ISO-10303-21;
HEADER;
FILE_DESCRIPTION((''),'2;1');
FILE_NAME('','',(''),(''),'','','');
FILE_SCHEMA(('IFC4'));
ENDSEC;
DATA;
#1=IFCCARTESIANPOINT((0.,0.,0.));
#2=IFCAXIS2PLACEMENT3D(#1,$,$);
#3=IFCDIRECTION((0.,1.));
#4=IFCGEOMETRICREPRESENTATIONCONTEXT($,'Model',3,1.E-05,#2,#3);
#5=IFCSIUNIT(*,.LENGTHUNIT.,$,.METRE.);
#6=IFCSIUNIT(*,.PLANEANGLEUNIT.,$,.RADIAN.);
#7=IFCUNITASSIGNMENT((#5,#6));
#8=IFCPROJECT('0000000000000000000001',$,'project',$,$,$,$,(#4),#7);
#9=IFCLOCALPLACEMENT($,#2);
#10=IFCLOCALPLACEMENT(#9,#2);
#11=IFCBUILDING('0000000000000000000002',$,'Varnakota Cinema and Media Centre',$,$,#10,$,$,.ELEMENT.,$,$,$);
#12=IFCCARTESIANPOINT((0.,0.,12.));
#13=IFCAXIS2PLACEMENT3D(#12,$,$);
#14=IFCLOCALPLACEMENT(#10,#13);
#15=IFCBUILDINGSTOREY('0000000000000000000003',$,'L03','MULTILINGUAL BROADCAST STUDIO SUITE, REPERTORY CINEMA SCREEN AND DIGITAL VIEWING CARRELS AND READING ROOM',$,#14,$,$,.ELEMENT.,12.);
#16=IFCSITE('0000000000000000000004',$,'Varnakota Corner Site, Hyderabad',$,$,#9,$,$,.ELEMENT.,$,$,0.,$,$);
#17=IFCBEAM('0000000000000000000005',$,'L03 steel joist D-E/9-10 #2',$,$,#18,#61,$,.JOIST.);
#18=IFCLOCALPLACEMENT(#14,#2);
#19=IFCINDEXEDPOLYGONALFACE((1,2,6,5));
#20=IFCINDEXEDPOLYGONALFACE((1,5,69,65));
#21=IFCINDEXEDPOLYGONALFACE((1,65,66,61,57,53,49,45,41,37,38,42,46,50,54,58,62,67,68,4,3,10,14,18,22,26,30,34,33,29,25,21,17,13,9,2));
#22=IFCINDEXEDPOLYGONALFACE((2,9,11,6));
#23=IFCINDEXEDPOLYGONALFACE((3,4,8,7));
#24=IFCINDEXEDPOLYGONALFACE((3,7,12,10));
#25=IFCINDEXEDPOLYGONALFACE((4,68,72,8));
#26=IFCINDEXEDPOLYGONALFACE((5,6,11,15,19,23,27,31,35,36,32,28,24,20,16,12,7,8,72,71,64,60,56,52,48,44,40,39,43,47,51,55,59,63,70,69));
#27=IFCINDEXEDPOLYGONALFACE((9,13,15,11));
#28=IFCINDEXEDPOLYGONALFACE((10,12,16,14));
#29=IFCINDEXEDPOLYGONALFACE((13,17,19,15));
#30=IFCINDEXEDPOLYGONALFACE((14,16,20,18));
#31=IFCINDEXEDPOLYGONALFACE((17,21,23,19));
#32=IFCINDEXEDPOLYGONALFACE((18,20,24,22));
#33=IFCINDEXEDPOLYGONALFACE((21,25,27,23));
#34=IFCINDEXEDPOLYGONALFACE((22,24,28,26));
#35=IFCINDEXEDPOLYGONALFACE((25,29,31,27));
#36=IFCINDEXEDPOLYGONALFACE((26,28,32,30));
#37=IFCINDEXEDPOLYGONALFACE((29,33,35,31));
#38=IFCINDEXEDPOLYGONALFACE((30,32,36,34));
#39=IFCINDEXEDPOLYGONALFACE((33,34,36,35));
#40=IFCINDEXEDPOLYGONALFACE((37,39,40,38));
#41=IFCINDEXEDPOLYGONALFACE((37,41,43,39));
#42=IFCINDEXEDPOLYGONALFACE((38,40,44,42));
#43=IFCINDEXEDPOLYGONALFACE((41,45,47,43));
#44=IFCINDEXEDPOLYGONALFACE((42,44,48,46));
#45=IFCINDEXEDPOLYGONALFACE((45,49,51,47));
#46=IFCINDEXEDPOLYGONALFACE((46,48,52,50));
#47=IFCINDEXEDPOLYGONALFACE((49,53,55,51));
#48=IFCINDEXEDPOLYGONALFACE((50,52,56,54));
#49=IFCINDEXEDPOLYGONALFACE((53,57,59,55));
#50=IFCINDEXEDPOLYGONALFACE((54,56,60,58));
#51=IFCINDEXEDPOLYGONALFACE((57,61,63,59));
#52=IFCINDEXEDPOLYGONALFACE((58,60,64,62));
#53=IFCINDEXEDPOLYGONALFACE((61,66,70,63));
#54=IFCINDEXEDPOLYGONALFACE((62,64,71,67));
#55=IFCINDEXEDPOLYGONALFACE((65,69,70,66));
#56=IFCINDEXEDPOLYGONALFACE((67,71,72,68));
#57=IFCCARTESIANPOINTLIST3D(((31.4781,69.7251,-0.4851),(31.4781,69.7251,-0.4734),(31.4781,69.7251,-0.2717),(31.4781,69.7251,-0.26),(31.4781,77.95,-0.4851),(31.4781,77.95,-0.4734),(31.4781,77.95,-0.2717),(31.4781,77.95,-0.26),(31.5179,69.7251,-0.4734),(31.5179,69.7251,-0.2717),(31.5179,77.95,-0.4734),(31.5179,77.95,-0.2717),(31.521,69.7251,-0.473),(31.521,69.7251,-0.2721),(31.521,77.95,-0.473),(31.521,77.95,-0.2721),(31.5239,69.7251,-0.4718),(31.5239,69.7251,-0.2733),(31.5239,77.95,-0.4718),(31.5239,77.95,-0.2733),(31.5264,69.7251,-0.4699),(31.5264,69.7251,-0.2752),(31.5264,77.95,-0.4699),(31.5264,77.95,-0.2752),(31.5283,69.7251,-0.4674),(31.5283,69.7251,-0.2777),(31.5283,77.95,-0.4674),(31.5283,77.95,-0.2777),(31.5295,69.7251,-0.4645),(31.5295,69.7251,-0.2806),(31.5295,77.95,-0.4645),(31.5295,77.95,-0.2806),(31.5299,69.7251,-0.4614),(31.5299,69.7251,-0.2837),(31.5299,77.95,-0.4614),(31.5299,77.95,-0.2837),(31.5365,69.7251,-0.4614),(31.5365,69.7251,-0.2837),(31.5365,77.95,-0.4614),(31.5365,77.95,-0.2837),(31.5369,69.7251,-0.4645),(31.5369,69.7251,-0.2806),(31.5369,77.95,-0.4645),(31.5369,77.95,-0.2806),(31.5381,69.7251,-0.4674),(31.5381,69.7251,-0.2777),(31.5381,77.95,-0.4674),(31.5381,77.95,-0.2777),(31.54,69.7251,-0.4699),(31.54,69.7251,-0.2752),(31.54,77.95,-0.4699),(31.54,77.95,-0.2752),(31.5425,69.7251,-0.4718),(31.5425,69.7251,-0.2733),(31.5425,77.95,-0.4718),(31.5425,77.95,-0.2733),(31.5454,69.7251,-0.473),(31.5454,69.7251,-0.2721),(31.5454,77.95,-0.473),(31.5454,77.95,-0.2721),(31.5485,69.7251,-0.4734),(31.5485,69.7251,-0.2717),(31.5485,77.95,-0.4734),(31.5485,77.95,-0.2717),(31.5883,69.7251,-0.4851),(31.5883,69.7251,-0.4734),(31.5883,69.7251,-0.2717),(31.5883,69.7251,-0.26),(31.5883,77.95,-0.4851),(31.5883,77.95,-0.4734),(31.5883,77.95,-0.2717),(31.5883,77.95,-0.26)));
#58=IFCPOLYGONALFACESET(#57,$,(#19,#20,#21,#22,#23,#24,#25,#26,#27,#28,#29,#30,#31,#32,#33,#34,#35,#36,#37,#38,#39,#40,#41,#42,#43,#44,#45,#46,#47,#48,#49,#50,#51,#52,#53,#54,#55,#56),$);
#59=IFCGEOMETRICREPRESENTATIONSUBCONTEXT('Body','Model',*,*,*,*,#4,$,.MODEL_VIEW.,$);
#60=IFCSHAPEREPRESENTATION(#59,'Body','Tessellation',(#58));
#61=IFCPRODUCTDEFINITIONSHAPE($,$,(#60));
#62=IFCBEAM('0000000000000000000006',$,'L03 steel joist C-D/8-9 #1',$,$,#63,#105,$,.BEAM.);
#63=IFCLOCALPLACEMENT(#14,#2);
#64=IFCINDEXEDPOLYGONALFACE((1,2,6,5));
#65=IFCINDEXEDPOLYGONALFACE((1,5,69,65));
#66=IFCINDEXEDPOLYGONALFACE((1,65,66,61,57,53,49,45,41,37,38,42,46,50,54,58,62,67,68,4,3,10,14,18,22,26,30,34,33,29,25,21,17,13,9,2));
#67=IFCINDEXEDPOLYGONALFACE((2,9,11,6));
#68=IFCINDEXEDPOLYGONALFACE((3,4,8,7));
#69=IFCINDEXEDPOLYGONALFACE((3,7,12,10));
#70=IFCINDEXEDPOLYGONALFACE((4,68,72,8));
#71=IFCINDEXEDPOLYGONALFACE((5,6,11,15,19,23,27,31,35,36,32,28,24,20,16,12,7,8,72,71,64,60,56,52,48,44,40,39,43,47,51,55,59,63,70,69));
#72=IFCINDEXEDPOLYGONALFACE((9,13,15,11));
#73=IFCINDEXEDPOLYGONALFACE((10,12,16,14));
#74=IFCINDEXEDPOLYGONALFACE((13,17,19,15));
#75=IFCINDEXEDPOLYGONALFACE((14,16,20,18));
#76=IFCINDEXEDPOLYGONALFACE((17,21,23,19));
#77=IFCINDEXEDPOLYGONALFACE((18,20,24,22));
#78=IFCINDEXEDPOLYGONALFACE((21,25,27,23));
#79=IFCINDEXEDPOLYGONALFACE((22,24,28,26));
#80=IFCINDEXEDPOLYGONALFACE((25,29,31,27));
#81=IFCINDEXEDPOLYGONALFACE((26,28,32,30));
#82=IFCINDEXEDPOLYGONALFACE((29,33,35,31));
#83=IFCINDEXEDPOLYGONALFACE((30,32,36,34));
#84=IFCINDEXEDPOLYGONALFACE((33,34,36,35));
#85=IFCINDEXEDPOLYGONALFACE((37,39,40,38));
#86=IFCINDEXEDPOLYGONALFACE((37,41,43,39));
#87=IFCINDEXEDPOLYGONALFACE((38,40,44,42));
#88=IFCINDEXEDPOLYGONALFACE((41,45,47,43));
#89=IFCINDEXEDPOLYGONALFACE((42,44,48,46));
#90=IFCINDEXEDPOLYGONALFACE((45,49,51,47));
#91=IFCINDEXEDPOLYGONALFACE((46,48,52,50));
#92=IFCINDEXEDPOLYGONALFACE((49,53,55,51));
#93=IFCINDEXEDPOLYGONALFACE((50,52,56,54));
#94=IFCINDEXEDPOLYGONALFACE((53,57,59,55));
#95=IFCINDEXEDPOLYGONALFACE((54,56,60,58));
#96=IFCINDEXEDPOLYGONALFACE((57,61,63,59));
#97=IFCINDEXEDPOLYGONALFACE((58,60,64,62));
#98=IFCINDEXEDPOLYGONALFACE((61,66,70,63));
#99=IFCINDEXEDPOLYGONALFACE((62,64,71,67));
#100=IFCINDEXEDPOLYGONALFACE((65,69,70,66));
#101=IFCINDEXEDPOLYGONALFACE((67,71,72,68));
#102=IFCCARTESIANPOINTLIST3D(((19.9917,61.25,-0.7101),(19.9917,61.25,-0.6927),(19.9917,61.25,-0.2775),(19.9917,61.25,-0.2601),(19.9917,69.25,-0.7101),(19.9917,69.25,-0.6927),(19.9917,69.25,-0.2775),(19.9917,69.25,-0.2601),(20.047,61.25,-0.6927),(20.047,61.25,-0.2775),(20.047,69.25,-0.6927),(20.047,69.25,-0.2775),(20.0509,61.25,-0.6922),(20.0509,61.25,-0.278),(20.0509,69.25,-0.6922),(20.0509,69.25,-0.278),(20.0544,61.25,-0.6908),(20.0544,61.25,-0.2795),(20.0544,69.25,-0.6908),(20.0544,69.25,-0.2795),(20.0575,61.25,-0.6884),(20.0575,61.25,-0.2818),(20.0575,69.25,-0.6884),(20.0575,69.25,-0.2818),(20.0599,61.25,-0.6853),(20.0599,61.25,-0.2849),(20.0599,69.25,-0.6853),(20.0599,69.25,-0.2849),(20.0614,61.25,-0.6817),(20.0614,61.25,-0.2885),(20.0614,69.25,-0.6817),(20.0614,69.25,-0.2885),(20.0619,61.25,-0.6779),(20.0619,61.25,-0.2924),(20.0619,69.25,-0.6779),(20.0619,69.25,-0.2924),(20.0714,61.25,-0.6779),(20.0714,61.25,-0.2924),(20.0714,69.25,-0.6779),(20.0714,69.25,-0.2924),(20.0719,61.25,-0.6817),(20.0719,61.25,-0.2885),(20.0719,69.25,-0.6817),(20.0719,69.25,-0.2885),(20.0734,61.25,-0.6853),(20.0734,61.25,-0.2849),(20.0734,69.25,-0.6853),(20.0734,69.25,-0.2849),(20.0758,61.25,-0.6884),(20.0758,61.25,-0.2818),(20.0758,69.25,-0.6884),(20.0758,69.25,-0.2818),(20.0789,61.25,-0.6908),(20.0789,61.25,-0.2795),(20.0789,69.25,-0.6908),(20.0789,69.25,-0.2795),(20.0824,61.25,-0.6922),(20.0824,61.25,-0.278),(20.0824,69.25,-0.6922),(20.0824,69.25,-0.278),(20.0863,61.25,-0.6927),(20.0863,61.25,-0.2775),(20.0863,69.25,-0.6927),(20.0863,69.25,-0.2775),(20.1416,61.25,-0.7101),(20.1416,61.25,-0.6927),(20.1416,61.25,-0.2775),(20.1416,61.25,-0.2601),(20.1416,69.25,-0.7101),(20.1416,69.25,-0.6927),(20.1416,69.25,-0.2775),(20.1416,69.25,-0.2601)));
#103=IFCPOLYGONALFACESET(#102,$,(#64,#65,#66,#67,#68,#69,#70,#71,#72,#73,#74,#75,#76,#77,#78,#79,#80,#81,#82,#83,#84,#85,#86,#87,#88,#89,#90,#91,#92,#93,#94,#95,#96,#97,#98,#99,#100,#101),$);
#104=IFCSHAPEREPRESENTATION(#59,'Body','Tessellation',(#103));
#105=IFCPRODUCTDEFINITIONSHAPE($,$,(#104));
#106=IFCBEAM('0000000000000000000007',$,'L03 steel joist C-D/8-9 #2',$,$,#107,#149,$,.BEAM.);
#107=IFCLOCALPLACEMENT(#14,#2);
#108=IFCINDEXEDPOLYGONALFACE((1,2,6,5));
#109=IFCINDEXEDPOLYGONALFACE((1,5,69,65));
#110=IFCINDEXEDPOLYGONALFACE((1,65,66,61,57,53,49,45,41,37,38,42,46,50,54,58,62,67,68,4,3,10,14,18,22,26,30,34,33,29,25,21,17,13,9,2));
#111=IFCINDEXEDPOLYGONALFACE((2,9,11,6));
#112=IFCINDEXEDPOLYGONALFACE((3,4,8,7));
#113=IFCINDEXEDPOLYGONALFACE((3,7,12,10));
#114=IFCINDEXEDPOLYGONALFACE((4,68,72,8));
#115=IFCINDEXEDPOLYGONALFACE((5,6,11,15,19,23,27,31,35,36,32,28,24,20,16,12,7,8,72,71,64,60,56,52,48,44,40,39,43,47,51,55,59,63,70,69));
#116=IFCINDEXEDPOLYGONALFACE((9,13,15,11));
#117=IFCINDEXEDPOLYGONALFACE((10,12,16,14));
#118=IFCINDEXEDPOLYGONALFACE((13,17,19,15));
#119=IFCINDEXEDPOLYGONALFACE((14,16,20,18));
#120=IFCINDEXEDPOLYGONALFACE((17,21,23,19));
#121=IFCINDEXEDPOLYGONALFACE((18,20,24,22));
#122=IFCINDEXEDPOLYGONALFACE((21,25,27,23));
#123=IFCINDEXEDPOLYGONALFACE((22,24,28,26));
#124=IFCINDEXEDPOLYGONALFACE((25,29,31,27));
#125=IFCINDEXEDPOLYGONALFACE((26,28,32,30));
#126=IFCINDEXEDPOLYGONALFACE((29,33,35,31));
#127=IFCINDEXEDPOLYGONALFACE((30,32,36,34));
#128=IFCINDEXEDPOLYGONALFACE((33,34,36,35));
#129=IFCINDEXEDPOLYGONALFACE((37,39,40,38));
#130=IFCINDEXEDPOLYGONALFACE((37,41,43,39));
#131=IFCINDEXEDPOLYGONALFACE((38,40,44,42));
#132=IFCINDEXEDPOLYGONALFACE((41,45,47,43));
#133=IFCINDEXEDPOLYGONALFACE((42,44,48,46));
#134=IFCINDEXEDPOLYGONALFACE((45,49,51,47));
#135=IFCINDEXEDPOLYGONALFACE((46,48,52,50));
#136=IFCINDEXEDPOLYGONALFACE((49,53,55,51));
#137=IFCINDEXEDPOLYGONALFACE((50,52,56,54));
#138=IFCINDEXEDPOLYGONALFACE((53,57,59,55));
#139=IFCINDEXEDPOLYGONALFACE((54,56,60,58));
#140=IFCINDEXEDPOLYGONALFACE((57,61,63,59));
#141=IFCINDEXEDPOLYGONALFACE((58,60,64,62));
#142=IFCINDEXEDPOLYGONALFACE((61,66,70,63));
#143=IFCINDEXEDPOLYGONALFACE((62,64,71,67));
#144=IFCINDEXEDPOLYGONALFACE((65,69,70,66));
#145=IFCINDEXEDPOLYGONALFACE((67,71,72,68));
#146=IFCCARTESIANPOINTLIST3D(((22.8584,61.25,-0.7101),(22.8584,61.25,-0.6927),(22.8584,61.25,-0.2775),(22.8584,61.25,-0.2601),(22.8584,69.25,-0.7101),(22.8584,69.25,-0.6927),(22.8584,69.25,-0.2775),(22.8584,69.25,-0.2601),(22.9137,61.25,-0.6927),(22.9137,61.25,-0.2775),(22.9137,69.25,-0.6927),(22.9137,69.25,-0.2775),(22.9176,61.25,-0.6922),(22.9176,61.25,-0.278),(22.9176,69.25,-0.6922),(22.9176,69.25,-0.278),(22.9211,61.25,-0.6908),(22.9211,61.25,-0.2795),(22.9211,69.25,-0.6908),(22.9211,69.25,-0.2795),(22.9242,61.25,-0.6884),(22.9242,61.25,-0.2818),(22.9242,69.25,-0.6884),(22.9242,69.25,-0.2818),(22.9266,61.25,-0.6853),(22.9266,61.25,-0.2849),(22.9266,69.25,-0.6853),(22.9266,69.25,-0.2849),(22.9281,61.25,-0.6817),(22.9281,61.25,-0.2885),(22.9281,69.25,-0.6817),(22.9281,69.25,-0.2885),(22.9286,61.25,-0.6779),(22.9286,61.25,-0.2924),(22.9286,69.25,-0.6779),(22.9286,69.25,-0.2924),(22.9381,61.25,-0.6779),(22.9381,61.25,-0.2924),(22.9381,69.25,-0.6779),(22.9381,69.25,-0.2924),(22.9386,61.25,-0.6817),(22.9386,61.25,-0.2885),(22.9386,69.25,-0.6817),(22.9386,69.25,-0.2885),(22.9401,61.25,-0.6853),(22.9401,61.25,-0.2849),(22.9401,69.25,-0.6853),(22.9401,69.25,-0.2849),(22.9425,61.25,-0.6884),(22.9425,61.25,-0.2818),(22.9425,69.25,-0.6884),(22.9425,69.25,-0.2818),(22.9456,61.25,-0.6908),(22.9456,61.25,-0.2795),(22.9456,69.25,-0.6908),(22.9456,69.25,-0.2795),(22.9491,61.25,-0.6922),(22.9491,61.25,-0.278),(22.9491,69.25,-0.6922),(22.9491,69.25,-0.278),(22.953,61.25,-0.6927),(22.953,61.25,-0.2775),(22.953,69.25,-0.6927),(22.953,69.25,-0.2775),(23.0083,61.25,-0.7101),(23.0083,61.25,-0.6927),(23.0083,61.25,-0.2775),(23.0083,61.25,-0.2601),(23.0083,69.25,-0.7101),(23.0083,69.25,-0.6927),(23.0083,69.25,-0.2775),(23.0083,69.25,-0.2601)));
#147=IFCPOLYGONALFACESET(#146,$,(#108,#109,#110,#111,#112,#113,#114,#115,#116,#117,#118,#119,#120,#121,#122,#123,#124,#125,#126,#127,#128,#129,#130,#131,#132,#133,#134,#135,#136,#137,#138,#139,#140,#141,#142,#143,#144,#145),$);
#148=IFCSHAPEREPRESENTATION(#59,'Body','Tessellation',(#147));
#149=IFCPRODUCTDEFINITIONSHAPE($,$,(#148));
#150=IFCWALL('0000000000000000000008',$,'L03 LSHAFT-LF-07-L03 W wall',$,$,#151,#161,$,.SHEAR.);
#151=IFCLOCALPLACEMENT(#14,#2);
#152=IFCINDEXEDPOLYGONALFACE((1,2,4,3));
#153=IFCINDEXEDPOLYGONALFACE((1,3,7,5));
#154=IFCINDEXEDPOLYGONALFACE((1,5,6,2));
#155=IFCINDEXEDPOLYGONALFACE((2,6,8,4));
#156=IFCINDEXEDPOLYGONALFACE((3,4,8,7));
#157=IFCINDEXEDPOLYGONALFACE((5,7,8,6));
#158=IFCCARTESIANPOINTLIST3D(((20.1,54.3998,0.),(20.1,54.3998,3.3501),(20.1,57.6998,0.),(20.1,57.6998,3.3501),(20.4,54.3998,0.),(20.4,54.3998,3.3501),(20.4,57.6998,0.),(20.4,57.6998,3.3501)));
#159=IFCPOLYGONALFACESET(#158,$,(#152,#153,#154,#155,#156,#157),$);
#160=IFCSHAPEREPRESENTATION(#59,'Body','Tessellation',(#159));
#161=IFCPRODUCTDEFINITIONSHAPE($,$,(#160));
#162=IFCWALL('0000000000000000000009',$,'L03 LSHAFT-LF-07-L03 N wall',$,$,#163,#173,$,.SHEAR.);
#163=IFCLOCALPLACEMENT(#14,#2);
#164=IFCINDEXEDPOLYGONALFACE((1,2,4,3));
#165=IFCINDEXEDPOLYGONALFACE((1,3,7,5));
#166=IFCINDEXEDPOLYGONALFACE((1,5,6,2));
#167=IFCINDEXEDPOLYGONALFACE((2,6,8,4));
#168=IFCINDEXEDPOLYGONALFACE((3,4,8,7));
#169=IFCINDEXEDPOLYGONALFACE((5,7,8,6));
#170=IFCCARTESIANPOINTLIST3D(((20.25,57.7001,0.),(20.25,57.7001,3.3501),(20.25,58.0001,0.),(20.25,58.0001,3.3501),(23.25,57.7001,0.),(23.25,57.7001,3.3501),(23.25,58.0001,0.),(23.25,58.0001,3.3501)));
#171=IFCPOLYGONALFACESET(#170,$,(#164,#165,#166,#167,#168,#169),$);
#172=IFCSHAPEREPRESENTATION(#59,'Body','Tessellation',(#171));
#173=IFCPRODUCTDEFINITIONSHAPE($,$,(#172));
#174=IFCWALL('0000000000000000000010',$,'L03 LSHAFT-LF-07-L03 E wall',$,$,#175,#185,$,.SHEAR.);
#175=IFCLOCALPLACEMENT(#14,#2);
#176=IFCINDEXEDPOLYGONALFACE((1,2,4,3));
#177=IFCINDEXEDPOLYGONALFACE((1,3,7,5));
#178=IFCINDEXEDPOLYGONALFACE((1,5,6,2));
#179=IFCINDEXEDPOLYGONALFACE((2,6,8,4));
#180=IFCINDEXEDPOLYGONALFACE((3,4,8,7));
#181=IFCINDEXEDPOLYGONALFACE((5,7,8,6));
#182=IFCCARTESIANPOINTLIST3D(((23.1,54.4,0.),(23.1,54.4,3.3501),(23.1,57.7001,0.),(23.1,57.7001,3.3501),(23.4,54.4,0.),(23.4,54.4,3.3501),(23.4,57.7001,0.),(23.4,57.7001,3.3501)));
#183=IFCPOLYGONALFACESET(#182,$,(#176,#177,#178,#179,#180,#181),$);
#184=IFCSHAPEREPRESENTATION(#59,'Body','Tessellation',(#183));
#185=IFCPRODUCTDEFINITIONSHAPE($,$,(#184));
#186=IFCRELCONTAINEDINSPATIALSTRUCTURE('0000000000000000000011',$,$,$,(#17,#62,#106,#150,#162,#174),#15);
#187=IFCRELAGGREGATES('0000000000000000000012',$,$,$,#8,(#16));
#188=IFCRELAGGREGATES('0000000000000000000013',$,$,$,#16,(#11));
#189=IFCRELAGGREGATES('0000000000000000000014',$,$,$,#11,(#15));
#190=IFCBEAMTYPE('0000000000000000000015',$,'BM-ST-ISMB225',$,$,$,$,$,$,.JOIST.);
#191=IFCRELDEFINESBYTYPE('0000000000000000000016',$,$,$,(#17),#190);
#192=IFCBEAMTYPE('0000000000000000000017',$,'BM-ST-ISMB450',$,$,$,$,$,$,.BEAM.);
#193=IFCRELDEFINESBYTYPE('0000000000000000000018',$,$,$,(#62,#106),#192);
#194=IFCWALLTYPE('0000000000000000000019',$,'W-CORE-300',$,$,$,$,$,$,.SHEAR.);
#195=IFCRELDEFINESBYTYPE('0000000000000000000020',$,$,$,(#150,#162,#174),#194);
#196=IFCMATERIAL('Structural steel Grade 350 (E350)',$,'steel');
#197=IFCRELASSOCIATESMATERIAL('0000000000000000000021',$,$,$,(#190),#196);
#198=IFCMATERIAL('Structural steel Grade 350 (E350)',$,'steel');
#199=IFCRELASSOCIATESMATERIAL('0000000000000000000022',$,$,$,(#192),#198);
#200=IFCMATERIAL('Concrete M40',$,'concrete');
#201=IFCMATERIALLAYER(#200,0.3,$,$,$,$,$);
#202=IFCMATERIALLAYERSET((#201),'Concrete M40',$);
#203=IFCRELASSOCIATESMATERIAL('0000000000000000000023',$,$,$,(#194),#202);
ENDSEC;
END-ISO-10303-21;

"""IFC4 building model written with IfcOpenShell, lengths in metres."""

from ifc_helpers import new_model, si_unit, direction, frame, frame_2d, origin, origin_2d, place, context, subcontext, project, spatial, rectangle, i_section, extrude, material, layer, layer_set, material_profile, profile_set, type_object, element, save


model = new_model("IFC4")

# Units and contexts
model_context = context("Model", 3, precision=1e-05, world=origin(), true_north=direction((0.0, 1.0)))
body_context = subcontext(model_context, "Body", "Model", "MODEL_VIEW")
ifc_project = project(units=[si_unit("LENGTHUNIT", "METRE"), si_unit("PLANEANGLEUNIT", "RADIAN")], contexts=[model_context])

# Site, building, storey
site_placement = place(None, origin())
site = spatial("IfcSite", under=ifc_project, at=site_placement, Name="Varnakota Corner Site, Hyderabad", CompositionType="ELEMENT", RefElevation=0.0)
building_placement = place(site_placement, origin())
building = spatial("IfcBuilding", under=site, at=building_placement, Name="Varnakota Cinema and Media Centre", CompositionType="ELEMENT")
storey_placement = place(building_placement, frame((0.0, 0.0, 12.0)))
storey = spatial("IfcBuildingStorey", under=building, at=storey_placement, Name="L03", Description="MULTILINGUAL BROADCAST STUDIO SUITE, REPERTORY CINEMA SCREEN AND DIGITAL VIEWING CARRELS AND READING ROOM", CompositionType="ELEMENT", Elevation=12.0)

# Beams
ifc_material_1 = material(Name="Structural steel Grade 350 (E350)", Category="steel")
ifc_material_profile_1 = material_profile(ifc_material_1, i_section(OverallWidth=0.1101, OverallDepth=0.2251, WebThickness=0.0066, FlangeThickness=0.0117, FilletRadius=0.012, at=origin_2d()), Name="ISMB 225")
ifc_profile_set_1 = profile_set([ifc_material_profile_1], Name="Structural steel Grade 350 (E350)")
beam_type_1 = type_object("IfcBeamType", Name="BM-ST-ISMB225", PredefinedType="JOIST", material=ifc_profile_set_1)
for number, where, z_axis, x_axis, name in (
    (1, (31.5332, 69.7251, -0.3726), (0.0, 1.0, 0.0), (-1.0, 0.0, 0.0), "L03 steel joist D-E/9-10 #2"),
):
    element("IfcBeam", number, at=place(storey_placement, frame(where, z_axis=z_axis, x_axis=x_axis)), inside=storey, type_object=beam_type_1, Name=name, PredefinedType="JOIST", context=body_context, shape_type="SweptSolid", body=[
        extrude(i_section(OverallWidth=0.1101, OverallDepth=0.2251, WebThickness=0.0066, FlangeThickness=0.0117, FilletRadius=0.012, at=origin_2d()), origin(), (0.0, 0.0, 1.0), 8.2249),
    ])
ifc_material_2 = material(Name="Structural steel Grade 350 (E350)", Category="steel")
ifc_material_profile_2 = material_profile(ifc_material_2, i_section(OverallWidth=0.1499, OverallDepth=0.45, WebThickness=0.0095, FlangeThickness=0.0173, FilletRadius=0.0149, at=origin_2d()), Name="ISMB 450")
ifc_profile_set_2 = profile_set([ifc_material_profile_2], Name="Structural steel Grade 350 (E350)")
beam_type_2 = type_object("IfcBeamType", Name="BM-ST-ISMB450", PredefinedType="BEAM", material=ifc_profile_set_2)
for number, where, z_axis, x_axis, name in (
    (2, (20.0667, 61.25, -0.4851), (0.0, 1.0, 0.0), (-1.0, 0.0, 0.0), "L03 steel joist C-D/8-9 #1"),
    (3, (22.9333, 61.25, -0.4851), (0.0, 1.0, 0.0), (-1.0, 0.0, 0.0), "L03 steel joist C-D/8-9 #2"),
):
    element("IfcBeam", number, at=place(storey_placement, frame(where, z_axis=z_axis, x_axis=x_axis)), inside=storey, type_object=beam_type_2, Name=name, PredefinedType="BEAM", context=body_context, shape_type="SweptSolid", body=[
        extrude(i_section(OverallWidth=0.1499, OverallDepth=0.45, WebThickness=0.0095, FlangeThickness=0.0173, FilletRadius=0.0149, at=origin_2d()), origin(), (0.0, 0.0, 1.0), 8.0),
    ])

# Shared definitions
ifc_material_3 = material(Name="Concrete M40", Category="concrete")
ifc_layer_1 = layer(ifc_material_3, 0.3)
ifc_layer_set_1 = layer_set([ifc_layer_1], Name="Concrete M40")
wall_type = type_object("IfcWallType", Name="W-CORE-300", PredefinedType="SHEAR", material=ifc_layer_set_1)

# Walls
wall_1_placement = place(storey_placement, frame((20.25, 54.3999, 0.0), z_axis=(0.0, 0.0, 1.0), x_axis=(0.0, 1.0, 0.0)))
element("IfcWall", 4, at=wall_1_placement, inside=storey, type_object=wall_type, Name="L03 LSHAFT-LF-07-L03 W wall", PredefinedType="SHEAR", context=body_context, shape_type="SweptSolid", body=[
    extrude(rectangle(XDim=3.3, YDim=0.3, at=frame_2d((1.6499, 0.0))), origin(), (0.0, 0.0, 1.0), 3.3501),
])
wall_2_placement = place(storey_placement, frame((20.25, 57.8501, 0.0), z_axis=(0.0, 0.0, 1.0), x_axis=(1.0, 0.0, 0.0)))
element("IfcWall", 5, at=wall_2_placement, inside=storey, type_object=wall_type, Name="L03 LSHAFT-LF-07-L03 N wall", PredefinedType="SHEAR", context=body_context, shape_type="SweptSolid", body=[
    extrude(rectangle(XDim=3.0, YDim=0.3, at=frame_2d((1.5, 0.0))), origin(), (0.0, 0.0, 1.0), 3.3501),
])
wall_3_placement = place(storey_placement, frame((23.25, 57.7, 0.0), z_axis=(0.0, 0.0, 1.0), x_axis=(0.0, -1.0, 0.0)))
element("IfcWall", 6, at=wall_3_placement, inside=storey, type_object=wall_type, Name="L03 LSHAFT-LF-07-L03 E wall", PredefinedType="SHEAR", context=body_context, shape_type="SweptSolid", body=[
    extrude(rectangle(XDim=3.3, YDim=0.3, at=frame_2d((1.6499, 0.0))), origin(), (0.0, 0.0, 1.0), 3.3501),
])

save(model, "model.ifc")
